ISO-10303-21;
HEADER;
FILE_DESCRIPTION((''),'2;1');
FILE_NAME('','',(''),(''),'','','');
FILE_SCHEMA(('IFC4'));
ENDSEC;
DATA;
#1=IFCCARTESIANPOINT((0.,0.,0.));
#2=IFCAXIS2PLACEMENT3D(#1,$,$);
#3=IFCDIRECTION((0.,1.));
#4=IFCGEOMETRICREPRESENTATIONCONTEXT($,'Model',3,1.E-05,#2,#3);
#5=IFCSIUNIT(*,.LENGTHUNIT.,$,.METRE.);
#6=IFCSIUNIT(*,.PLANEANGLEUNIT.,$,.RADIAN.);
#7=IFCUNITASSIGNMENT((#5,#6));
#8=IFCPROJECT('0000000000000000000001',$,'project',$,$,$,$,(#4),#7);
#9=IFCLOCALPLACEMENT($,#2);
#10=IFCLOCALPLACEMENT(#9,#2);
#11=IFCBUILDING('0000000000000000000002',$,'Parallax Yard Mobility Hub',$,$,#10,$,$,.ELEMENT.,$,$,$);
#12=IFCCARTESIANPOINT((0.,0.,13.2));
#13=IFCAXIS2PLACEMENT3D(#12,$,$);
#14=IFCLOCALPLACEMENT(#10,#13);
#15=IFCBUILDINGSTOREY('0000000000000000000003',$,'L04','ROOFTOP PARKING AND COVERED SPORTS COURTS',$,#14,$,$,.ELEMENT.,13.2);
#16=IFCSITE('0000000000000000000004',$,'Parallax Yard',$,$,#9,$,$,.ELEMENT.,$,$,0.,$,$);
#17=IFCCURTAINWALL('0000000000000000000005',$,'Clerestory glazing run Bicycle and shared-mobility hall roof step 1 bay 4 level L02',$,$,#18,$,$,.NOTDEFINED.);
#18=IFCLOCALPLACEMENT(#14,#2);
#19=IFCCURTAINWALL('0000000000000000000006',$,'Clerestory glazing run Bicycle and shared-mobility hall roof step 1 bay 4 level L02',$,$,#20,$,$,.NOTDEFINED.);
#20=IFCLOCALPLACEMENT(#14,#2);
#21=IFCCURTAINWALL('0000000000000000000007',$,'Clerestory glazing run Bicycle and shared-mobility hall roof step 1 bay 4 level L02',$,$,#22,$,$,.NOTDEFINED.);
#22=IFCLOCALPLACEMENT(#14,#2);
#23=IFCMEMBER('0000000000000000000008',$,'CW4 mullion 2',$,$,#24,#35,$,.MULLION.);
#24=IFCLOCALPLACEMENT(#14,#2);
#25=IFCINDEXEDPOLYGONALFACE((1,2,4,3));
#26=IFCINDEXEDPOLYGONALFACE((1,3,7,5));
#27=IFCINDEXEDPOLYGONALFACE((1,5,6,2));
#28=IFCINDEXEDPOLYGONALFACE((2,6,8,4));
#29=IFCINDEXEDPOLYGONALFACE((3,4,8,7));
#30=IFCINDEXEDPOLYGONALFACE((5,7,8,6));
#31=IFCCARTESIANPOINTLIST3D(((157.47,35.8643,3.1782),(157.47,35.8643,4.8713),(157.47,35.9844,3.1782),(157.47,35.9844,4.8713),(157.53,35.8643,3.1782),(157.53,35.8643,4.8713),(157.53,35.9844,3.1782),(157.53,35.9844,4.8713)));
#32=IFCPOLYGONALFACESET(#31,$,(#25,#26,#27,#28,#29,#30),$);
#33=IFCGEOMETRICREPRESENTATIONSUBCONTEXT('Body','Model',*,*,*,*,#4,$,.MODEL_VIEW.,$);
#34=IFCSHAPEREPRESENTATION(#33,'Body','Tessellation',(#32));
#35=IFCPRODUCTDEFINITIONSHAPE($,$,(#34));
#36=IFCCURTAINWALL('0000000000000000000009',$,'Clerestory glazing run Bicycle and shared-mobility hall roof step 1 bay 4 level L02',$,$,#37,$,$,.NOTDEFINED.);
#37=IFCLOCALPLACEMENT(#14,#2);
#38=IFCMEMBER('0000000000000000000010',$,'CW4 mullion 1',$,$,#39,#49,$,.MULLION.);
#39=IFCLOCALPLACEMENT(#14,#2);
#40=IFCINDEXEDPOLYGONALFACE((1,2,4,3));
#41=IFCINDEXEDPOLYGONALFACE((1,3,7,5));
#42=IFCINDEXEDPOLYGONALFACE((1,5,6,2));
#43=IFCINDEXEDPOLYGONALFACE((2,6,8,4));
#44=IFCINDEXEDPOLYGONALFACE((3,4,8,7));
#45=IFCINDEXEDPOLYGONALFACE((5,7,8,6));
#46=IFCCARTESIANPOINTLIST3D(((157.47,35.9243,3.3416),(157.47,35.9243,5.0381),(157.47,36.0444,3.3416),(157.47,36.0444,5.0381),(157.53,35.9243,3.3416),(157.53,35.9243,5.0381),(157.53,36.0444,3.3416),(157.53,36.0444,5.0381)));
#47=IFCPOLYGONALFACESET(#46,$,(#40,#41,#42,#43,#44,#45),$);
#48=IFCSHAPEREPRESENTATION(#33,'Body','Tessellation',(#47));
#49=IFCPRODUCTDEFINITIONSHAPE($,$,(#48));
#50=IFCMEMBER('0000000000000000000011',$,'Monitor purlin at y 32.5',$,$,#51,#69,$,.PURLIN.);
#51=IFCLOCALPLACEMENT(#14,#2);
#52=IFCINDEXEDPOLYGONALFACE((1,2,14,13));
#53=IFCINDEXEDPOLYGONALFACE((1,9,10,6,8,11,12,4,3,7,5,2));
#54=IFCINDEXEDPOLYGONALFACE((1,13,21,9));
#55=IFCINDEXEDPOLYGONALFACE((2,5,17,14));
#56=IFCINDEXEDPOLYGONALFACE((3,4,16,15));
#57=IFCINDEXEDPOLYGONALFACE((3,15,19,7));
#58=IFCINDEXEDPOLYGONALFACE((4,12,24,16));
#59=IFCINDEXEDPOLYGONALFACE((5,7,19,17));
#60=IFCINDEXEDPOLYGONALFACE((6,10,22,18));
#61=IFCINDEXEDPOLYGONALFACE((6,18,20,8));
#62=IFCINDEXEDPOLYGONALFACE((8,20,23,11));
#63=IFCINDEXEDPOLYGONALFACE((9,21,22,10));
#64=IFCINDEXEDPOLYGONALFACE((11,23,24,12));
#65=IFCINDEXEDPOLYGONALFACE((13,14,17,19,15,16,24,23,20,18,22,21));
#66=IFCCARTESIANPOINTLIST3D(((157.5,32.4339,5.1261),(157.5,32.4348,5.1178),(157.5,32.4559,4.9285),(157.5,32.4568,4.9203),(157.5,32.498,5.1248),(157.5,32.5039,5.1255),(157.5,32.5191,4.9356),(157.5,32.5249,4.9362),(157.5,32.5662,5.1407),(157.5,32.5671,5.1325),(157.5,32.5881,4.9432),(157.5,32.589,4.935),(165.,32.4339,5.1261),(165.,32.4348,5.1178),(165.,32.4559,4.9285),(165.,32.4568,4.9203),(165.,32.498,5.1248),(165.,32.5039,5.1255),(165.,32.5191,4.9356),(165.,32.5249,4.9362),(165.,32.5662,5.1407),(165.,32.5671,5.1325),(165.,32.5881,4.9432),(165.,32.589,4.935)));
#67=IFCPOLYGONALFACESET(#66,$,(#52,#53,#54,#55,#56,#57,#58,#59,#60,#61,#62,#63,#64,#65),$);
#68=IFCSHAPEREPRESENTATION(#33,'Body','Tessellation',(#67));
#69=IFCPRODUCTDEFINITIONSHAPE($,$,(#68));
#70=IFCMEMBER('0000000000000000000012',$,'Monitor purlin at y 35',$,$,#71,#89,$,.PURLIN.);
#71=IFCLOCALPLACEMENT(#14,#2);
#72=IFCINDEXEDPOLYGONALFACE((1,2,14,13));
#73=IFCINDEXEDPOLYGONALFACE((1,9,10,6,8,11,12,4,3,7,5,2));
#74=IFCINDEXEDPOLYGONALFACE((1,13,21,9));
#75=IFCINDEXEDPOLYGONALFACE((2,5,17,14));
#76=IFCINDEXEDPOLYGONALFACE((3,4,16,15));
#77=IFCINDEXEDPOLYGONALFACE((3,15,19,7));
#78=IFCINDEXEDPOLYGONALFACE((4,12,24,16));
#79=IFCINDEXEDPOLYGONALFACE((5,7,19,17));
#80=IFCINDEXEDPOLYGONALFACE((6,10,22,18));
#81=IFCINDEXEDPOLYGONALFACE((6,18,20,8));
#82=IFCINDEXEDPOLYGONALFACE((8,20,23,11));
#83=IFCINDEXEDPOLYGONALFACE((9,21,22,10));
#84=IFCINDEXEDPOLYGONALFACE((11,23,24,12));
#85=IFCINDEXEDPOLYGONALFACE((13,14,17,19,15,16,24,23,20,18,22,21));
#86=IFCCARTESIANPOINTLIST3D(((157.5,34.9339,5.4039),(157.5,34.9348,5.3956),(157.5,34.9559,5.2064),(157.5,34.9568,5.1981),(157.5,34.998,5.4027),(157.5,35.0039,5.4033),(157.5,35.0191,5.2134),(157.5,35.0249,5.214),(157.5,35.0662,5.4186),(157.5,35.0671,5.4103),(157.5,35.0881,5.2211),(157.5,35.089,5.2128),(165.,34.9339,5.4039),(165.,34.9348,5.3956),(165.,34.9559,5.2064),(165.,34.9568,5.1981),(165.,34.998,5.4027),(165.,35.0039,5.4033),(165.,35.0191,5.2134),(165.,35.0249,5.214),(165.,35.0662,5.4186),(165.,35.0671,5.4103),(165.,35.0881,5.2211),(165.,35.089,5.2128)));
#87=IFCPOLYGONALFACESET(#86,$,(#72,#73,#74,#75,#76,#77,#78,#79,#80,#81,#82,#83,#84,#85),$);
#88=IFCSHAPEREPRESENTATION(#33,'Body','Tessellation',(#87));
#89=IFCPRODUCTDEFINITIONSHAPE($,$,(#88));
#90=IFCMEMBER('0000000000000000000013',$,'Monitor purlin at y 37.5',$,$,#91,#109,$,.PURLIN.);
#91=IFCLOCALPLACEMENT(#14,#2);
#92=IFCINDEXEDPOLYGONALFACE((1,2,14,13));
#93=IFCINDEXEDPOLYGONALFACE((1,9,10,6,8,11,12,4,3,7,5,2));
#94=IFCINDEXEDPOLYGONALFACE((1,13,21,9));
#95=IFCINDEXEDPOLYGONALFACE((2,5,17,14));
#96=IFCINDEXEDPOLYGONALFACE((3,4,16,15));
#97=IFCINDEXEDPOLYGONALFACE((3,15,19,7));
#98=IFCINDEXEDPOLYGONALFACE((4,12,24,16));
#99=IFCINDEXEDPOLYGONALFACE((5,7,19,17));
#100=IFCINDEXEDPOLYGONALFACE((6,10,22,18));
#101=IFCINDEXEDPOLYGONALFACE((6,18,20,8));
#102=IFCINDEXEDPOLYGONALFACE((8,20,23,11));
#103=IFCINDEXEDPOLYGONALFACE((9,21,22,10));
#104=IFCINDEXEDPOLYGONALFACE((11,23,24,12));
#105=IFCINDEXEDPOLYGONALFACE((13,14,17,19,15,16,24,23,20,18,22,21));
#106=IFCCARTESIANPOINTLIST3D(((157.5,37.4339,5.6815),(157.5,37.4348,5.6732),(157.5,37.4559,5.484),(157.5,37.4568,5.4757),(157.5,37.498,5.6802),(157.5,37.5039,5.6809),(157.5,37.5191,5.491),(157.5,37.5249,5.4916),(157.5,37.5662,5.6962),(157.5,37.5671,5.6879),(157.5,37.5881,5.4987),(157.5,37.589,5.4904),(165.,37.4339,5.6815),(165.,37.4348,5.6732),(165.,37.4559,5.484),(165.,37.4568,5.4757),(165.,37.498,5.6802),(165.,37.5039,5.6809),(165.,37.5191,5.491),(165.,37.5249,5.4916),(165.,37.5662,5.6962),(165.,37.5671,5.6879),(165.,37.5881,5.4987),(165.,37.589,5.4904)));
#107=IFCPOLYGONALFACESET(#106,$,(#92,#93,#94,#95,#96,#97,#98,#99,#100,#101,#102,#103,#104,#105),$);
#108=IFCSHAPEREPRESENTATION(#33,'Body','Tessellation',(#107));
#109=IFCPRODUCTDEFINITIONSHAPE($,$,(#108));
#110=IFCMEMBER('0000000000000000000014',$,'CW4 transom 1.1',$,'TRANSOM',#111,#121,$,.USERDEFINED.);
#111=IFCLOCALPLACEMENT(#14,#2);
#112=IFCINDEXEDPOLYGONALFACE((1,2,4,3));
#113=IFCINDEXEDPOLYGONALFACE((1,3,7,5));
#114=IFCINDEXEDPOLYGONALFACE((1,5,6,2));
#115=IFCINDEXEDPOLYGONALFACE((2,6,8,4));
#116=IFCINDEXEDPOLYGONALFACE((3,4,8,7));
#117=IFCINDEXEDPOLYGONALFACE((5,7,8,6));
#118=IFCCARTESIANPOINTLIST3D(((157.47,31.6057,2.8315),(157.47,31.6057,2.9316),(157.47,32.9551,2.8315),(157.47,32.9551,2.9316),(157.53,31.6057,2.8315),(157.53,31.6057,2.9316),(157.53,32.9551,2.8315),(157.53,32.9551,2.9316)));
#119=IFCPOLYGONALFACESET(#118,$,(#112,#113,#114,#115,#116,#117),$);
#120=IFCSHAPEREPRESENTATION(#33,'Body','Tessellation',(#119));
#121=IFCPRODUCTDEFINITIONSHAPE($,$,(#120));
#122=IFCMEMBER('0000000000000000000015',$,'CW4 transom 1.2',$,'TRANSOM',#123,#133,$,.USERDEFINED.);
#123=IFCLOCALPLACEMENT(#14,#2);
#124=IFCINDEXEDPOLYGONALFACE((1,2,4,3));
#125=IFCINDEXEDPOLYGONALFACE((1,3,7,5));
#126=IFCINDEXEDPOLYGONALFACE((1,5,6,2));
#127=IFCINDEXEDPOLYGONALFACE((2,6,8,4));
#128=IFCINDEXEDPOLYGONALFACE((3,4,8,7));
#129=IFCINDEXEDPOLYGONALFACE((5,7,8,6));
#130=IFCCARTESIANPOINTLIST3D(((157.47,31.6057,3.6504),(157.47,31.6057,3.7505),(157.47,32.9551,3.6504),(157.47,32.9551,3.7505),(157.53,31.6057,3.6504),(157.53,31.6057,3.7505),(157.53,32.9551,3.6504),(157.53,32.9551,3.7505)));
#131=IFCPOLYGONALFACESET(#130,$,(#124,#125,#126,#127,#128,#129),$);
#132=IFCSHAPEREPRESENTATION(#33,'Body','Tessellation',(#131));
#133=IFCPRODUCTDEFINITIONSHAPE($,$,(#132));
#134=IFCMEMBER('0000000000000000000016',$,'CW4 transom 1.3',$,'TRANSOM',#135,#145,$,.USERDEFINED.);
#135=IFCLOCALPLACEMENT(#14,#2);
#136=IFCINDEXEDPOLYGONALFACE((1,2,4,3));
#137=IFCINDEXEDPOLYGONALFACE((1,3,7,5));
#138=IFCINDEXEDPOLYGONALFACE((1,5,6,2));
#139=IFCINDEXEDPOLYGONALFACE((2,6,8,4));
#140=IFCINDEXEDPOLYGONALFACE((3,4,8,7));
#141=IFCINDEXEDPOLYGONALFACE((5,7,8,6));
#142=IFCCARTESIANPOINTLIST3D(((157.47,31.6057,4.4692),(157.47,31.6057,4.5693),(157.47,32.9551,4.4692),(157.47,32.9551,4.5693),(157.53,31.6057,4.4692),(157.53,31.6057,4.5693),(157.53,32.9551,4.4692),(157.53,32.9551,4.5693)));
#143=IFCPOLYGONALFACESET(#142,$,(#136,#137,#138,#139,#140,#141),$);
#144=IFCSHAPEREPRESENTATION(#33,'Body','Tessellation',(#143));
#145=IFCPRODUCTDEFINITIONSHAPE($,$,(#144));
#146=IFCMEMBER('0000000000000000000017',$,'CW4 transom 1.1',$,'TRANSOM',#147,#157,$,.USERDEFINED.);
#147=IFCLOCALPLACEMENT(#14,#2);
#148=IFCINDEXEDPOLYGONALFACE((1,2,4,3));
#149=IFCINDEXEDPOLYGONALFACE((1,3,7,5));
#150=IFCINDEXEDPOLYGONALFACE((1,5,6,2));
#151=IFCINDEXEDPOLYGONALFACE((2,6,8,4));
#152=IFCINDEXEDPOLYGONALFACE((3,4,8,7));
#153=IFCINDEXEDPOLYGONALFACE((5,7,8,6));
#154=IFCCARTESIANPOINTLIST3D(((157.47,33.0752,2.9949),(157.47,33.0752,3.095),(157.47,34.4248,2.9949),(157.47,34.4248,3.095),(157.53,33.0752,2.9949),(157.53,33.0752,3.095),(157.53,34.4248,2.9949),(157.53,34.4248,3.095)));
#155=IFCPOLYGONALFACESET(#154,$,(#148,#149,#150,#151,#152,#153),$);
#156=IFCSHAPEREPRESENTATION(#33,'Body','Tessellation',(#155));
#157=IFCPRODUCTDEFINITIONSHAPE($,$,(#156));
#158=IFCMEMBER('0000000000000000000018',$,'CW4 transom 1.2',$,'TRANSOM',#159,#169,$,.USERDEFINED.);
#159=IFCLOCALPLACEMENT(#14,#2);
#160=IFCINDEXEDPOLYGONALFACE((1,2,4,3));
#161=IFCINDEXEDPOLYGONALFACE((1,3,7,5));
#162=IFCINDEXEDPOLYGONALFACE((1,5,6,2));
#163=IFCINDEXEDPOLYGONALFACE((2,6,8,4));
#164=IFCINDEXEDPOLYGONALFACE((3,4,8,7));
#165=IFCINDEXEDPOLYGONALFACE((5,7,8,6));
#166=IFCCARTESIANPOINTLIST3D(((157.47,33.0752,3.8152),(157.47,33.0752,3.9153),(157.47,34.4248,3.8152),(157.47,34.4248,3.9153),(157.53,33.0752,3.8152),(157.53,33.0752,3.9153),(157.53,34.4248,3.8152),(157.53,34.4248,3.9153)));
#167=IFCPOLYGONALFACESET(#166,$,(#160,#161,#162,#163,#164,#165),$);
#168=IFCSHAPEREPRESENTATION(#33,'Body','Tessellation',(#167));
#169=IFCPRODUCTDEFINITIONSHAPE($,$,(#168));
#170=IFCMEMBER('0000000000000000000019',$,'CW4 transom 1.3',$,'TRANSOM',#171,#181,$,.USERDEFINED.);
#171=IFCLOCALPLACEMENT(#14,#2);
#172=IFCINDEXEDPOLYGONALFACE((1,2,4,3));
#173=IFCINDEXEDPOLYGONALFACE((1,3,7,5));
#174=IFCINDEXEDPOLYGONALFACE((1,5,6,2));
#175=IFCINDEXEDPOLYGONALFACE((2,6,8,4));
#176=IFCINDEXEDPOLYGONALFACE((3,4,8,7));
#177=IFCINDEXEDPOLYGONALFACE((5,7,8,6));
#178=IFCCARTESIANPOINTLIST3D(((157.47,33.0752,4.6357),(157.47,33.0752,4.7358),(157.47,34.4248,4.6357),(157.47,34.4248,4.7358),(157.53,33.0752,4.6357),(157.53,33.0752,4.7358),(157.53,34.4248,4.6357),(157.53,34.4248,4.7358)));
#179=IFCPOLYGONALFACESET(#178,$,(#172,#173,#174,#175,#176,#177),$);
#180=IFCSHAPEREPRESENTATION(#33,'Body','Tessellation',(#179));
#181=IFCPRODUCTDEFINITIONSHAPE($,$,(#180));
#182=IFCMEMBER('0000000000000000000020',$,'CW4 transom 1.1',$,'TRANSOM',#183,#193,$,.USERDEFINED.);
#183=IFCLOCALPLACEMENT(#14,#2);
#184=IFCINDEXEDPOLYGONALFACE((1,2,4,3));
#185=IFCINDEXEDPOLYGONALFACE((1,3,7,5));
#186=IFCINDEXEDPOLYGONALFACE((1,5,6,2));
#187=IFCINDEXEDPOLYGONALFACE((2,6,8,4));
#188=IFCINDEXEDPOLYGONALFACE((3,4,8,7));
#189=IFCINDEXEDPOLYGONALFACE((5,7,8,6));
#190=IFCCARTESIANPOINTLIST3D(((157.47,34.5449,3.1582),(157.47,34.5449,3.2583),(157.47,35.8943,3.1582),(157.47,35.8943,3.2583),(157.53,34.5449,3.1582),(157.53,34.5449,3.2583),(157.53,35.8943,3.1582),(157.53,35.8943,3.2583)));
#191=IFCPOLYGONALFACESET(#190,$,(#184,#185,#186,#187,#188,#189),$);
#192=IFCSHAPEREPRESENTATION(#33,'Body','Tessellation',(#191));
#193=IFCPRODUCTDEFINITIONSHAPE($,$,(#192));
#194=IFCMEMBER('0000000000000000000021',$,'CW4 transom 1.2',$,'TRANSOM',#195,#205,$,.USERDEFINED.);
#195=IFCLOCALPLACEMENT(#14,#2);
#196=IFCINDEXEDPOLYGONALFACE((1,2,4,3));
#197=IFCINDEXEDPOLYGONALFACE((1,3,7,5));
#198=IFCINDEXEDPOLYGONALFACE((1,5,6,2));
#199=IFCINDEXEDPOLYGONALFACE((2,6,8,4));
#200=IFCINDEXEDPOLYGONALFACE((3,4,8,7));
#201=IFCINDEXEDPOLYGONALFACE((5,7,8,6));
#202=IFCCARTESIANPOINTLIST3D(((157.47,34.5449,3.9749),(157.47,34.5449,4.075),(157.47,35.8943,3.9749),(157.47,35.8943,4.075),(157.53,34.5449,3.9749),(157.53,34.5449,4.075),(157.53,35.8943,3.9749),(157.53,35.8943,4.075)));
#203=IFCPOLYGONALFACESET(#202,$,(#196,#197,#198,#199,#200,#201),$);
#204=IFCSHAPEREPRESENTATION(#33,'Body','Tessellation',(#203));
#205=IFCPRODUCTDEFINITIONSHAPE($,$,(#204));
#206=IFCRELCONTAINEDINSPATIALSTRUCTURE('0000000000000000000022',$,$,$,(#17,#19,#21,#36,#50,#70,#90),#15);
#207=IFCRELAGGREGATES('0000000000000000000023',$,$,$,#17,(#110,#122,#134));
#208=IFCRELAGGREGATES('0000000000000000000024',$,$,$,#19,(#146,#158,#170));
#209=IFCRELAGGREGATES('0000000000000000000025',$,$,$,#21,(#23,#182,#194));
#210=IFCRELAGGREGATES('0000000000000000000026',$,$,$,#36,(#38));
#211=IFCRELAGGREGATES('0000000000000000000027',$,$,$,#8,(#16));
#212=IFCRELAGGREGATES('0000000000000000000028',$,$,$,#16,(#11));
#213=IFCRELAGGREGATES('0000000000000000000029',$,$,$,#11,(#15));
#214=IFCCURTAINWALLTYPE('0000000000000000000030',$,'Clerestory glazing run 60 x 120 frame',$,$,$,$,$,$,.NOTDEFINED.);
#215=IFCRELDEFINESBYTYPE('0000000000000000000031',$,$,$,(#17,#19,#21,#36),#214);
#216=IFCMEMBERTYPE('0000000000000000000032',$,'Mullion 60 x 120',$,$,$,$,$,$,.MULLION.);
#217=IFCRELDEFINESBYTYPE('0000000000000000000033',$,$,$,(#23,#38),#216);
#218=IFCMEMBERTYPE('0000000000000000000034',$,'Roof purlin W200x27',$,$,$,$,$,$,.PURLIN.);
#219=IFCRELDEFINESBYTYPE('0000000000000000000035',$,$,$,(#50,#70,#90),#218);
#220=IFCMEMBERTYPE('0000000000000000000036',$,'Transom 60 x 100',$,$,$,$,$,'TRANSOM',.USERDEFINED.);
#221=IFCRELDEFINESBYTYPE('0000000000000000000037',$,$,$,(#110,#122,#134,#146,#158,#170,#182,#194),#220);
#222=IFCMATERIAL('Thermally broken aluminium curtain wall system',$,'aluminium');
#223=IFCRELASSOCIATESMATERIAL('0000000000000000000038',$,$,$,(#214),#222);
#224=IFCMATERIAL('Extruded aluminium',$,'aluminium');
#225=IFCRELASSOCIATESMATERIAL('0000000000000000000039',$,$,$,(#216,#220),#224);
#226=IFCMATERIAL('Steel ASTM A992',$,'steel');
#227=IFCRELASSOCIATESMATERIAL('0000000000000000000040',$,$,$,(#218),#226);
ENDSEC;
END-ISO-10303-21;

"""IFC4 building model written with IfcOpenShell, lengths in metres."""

from ifc_helpers import new_model, si_unit, direction, frame, origin, origin_2d, place, context, subcontext, project, spatial, rectangle, i_section, extrude, material, material_profile, profile_set, type_object, element, aggregate, save


model = new_model("IFC4")

# Units and contexts
model_context = context("Model", 3, precision=1e-05, world=origin(), true_north=direction((0.0, 1.0)))
body_context = subcontext(model_context, "Body", "Model", "MODEL_VIEW")
ifc_project = project(units=[si_unit("LENGTHUNIT", "METRE"), si_unit("PLANEANGLEUNIT", "RADIAN")], contexts=[model_context])

# Site, building, storey
site_placement = place(None, origin())
site = spatial("IfcSite", under=ifc_project, at=site_placement, Name="Parallax Yard", CompositionType="ELEMENT", RefElevation=0.0)
building_placement = place(site_placement, origin())
building = spatial("IfcBuilding", under=site, at=building_placement, Name="Parallax Yard Mobility Hub", CompositionType="ELEMENT")
storey_placement = place(building_placement, frame((0.0, 0.0, 13.2)))
storey = spatial("IfcBuildingStorey", under=building, at=storey_placement, Name="L04", Description="ROOFTOP PARKING AND COVERED SPORTS COURTS", CompositionType="ELEMENT", Elevation=13.2)

# Shared definitions
ifc_material_1 = material(Name="Steel ASTM A992", Category="steel")

# Curtain walls, member
ifc_material_2 = material(Name="Thermally broken aluminium curtain wall system", Category="aluminium")
curtain_wall_type = type_object("IfcCurtainWallType", Name="Clerestory glazing run 60 x 120 frame", PredefinedType="NOTDEFINED", material=ifc_material_2)
curtain_wall_1_placement = place(storey_placement, origin())
curtain_wall_1 = element("IfcCurtainWall", 1, at=curtain_wall_1_placement, inside=storey, type_object=curtain_wall_type, Name="Clerestory glazing run Bicycle and shared-mobility hall roof step 1 bay 4 level L02", PredefinedType="NOTDEFINED")
ifc_material_3 = material(Name="Extruded aluminium", Category="aluminium")
ifc_material_profile_1 = material_profile(ifc_material_3, rectangle(XDim=0.0601, YDim=0.1201, at=origin_2d()), Name="Mullion 60 x 120")
ifc_profile_set_1 = profile_set([ifc_material_profile_1], Name="Extruded aluminium")
member_type_1 = type_object("IfcMemberType", Name="Mullion 60 x 120", PredefinedType="MULLION", material=ifc_profile_set_1)
curtain_wall_2_placement = place(storey_placement, origin())
curtain_wall_2 = element("IfcCurtainWall", 2, at=curtain_wall_2_placement, inside=storey, type_object=curtain_wall_type, Name="Clerestory glazing run Bicycle and shared-mobility hall roof step 1 bay 4 level L02", PredefinedType="NOTDEFINED")
curtain_wall_3_placement = place(storey_placement, origin())
curtain_wall_3 = element("IfcCurtainWall", 3, at=curtain_wall_3_placement, inside=storey, type_object=curtain_wall_type, Name="Clerestory glazing run Bicycle and shared-mobility hall roof step 1 bay 4 level L02", PredefinedType="NOTDEFINED")
member_1_placement = place(storey_placement, frame((157.5, 35.9243, 3.1782), z_axis=(0.0, 0.0, 1.0), x_axis=(-1.0, 0.0, 0.0)))
member_1 = element("IfcMember", 4, at=member_1_placement, type_object=member_type_1, Name="CW4 mullion 2", PredefinedType="MULLION", context=body_context, shape_type="SweptSolid", body=[
    extrude(rectangle(XDim=0.0601, YDim=0.1201, at=origin_2d()), origin(), (0.0, 0.0, 1.0), 1.6931),
])

# Curtain wall, member
curtain_wall_4_placement = place(storey_placement, origin())
curtain_wall_4 = element("IfcCurtainWall", 5, at=curtain_wall_4_placement, inside=storey, type_object=curtain_wall_type, Name="Clerestory glazing run Bicycle and shared-mobility hall roof step 1 bay 4 level L02", PredefinedType="NOTDEFINED")
member_2_placement = place(storey_placement, frame((157.5, 35.9844, 3.3416), z_axis=(0.0, 0.0, 1.0), x_axis=(-1.0, 0.0, 0.0)))
member_2 = element("IfcMember", 6, at=member_2_placement, type_object=member_type_1, Name="CW4 mullion 1", PredefinedType="MULLION", context=body_context, shape_type="SweptSolid", body=[
    extrude(rectangle(XDim=0.0601, YDim=0.1201, at=origin_2d()), origin(), (0.0, 0.0, 1.0), 1.6965),
])

# Members
ifc_material_profile_2 = material_profile(ifc_material_1, i_section(OverallWidth=0.1331, OverallDepth=0.207, WebThickness=0.0059, FlangeThickness=0.0083, at=origin_2d()), Name="W200x27")
ifc_profile_set_2 = profile_set([ifc_material_profile_2], Name="Steel ASTM A992")
member_type_2 = type_object("IfcMemberType", Name="Roof purlin W200x27", PredefinedType="PURLIN", material=ifc_profile_set_2)
for number, where, z_axis, x_axis, name in (
    (7, (157.5, 32.5115, 5.0305), (1.0, 0.0, 0.0), (0.0, 0.993884, 0.110432), "Monitor purlin at y 32.5"),
    (8, (157.5, 35.0115, 5.3083), (1.0, 0.0, 0.0), (0.0, 0.993884, 0.110432), "Monitor purlin at y 35"),
    (9, (157.5, 37.5115, 5.5859), (1.0, 0.0, 0.0), (0.0, 0.993884, 0.110432), "Monitor purlin at y 37.5"),
):
    element("IfcMember", number, at=place(storey_placement, frame(where, z_axis=z_axis, x_axis=x_axis)), inside=storey, type_object=member_type_2, Name=name, PredefinedType="PURLIN", context=body_context, shape_type="SweptSolid", body=[
        extrude(i_section(OverallWidth=0.1331, OverallDepth=0.207, WebThickness=0.0059, FlangeThickness=0.0083, at=origin_2d()), origin(), (0.0, 0.0, 1.0), 7.5),
    ])

# Members
ifc_material_profile_3 = material_profile(ifc_material_3, rectangle(XDim=0.0601, YDim=0.1001, at=origin_2d()), Name="Transom 60 x 100")
ifc_profile_set_3 = profile_set([ifc_material_profile_3], Name="Extruded aluminium")
member_type_3 = type_object("IfcMemberType", Name="Transom 60 x 100", ElementType="TRANSOM", PredefinedType="USERDEFINED", material=ifc_profile_set_3)
member_3_placement = place(storey_placement, frame((157.5, 31.6057, 2.8816), z_axis=(0.0, 1.0, 0.0), x_axis=(-1.0, 0.0, 0.0)))
member_3 = element("IfcMember", 10, at=member_3_placement, type_object=member_type_3, Name="CW4 transom 1.1", ObjectType="TRANSOM", PredefinedType="USERDEFINED", context=body_context, shape_type="SweptSolid", body=[
    extrude(rectangle(XDim=0.0601, YDim=0.1001, at=origin_2d()), origin(), (0.0, 0.0, 1.0), 1.3494),
])
member_4_placement = place(storey_placement, frame((157.5, 31.6057, 3.7004), z_axis=(0.0, 1.0, 0.0), x_axis=(-1.0, 0.0, 0.0)))
member_4 = element("IfcMember", 11, at=member_4_placement, type_object=member_type_3, Name="CW4 transom 1.2", ObjectType="TRANSOM", PredefinedType="USERDEFINED", context=body_context, shape_type="SweptSolid", body=[
    extrude(rectangle(XDim=0.0601, YDim=0.1001, at=origin_2d()), origin(), (0.0, 0.0, 1.0), 1.3494),
])
member_5_placement = place(storey_placement, frame((157.5, 31.6057, 4.5193), z_axis=(0.0, 1.0, 0.0), x_axis=(-1.0, 0.0, 0.0)))
member_5 = element("IfcMember", 12, at=member_5_placement, type_object=member_type_3, Name="CW4 transom 1.3", ObjectType="TRANSOM", PredefinedType="USERDEFINED", context=body_context, shape_type="SweptSolid", body=[
    extrude(rectangle(XDim=0.0601, YDim=0.1001, at=origin_2d()), origin(), (0.0, 0.0, 1.0), 1.3494),
])
member_6_placement = place(storey_placement, frame((157.5, 33.0752, 3.0449), z_axis=(0.0, 1.0, 0.0), x_axis=(-1.0, 0.0, 0.0)))
member_6 = element("IfcMember", 13, at=member_6_placement, type_object=member_type_3, Name="CW4 transom 1.1", ObjectType="TRANSOM", PredefinedType="USERDEFINED", context=body_context, shape_type="SweptSolid", body=[
    extrude(rectangle(XDim=0.0601, YDim=0.1001, at=origin_2d()), origin(), (0.0, 0.0, 1.0), 1.3496),
])
member_7_placement = place(storey_placement, frame((157.5, 33.0752, 3.8652), z_axis=(0.0, 1.0, 0.0), x_axis=(-1.0, 0.0, 0.0)))
member_7 = element("IfcMember", 14, at=member_7_placement, type_object=member_type_3, Name="CW4 transom 1.2", ObjectType="TRANSOM", PredefinedType="USERDEFINED", context=body_context, shape_type="SweptSolid", body=[
    extrude(rectangle(XDim=0.0601, YDim=0.1001, at=origin_2d()), origin(), (0.0, 0.0, 1.0), 1.3496),
])
member_8_placement = place(storey_placement, frame((157.5, 33.0752, 4.6858), z_axis=(0.0, 1.0, 0.0), x_axis=(-1.0, 0.0, 0.0)))
member_8 = element("IfcMember", 15, at=member_8_placement, type_object=member_type_3, Name="CW4 transom 1.3", ObjectType="TRANSOM", PredefinedType="USERDEFINED", context=body_context, shape_type="SweptSolid", body=[
    extrude(rectangle(XDim=0.0601, YDim=0.1001, at=origin_2d()), origin(), (0.0, 0.0, 1.0), 1.3496),
])
member_9_placement = place(storey_placement, frame((157.5, 34.5449, 3.2083), z_axis=(0.0, 1.0, 0.0), x_axis=(-1.0, 0.0, 0.0)))
member_9 = element("IfcMember", 16, at=member_9_placement, type_object=member_type_3, Name="CW4 transom 1.1", ObjectType="TRANSOM", PredefinedType="USERDEFINED", context=body_context, shape_type="SweptSolid", body=[
    extrude(rectangle(XDim=0.0601, YDim=0.1001, at=origin_2d()), origin(), (0.0, 0.0, 1.0), 1.3494),
])
member_10_placement = place(storey_placement, frame((157.5, 34.5449, 4.0249), z_axis=(0.0, 1.0, 0.0), x_axis=(-1.0, 0.0, 0.0)))
member_10 = element("IfcMember", 17, at=member_10_placement, type_object=member_type_3, Name="CW4 transom 1.2", ObjectType="TRANSOM", PredefinedType="USERDEFINED", context=body_context, shape_type="SweptSolid", body=[
    extrude(rectangle(XDim=0.0601, YDim=0.1001, at=origin_2d()), origin(), (0.0, 0.0, 1.0), 1.3494),
])

aggregate(curtain_wall_1, [member_3, member_4, member_5])
aggregate(curtain_wall_2, [member_6, member_7, member_8])
aggregate(curtain_wall_3, [member_1, member_9, member_10])
aggregate(curtain_wall_4, [member_2])

save(model, "model.ifc")
